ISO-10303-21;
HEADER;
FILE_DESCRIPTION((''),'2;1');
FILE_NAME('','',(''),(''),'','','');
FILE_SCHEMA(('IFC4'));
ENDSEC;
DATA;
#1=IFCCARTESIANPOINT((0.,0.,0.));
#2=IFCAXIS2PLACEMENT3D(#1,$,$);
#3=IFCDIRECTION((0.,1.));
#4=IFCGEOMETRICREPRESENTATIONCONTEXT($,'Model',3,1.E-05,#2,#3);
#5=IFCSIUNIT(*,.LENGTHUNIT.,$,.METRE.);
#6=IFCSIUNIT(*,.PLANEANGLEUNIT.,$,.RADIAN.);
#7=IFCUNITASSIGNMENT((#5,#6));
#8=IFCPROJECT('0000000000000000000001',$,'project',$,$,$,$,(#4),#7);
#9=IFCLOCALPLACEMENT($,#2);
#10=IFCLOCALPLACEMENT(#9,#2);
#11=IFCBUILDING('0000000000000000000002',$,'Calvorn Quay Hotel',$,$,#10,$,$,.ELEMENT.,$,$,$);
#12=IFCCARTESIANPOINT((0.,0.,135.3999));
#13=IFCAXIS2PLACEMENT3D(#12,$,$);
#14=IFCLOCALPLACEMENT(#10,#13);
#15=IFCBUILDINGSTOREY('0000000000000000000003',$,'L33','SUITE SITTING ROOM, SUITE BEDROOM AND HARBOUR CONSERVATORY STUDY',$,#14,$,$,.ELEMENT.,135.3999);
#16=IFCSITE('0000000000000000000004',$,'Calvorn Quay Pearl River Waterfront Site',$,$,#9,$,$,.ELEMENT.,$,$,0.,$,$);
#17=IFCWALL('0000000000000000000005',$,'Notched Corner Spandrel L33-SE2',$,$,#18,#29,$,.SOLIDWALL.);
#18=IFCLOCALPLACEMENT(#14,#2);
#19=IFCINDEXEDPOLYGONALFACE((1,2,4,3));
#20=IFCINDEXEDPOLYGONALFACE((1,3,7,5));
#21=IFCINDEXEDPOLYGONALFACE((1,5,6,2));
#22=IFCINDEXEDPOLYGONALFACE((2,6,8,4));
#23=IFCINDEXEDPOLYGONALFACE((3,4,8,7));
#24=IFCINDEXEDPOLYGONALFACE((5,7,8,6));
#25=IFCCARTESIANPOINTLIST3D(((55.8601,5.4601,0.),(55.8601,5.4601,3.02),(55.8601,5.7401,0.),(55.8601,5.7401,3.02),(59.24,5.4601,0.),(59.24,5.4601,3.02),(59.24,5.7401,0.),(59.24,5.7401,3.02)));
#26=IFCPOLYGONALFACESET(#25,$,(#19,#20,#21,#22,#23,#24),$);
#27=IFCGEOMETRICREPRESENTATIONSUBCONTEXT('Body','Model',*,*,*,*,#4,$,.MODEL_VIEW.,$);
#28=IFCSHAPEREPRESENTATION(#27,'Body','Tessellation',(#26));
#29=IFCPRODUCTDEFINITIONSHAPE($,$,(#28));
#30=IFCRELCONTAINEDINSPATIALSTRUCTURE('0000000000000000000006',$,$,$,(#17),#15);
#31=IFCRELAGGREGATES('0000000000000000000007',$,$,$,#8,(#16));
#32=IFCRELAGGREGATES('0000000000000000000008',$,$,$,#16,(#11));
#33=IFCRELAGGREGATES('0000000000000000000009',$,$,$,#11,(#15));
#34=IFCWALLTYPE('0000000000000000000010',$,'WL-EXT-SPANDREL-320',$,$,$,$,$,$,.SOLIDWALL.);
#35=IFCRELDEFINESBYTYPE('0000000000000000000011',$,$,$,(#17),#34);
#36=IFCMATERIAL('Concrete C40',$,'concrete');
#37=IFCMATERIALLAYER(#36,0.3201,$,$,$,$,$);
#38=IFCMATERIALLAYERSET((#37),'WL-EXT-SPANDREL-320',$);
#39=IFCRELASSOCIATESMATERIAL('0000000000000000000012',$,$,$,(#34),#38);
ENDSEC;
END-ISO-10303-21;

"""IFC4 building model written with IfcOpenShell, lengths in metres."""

from ifc_helpers import new_model, si_unit, direction, frame, frame_2d, origin, place, context, subcontext, project, spatial, rectangle, extrude, material, layer, layer_set, type_object, element, save


model = new_model("IFC4")

# Units and contexts
model_context = context("Model", 3, precision=1e-05, world=origin(), true_north=direction((0.0, 1.0)))
body_context = subcontext(model_context, "Body", "Model", "MODEL_VIEW")
ifc_project = project(units=[si_unit("LENGTHUNIT", "METRE"), si_unit("PLANEANGLEUNIT", "RADIAN")], contexts=[model_context])

# Site, building, storey
site_placement = place(None, origin())
site = spatial("IfcSite", under=ifc_project, at=site_placement, Name="Calvorn Quay Pearl River Waterfront Site", CompositionType="ELEMENT", RefElevation=0.0)
building_placement = place(site_placement, origin())
building = spatial("IfcBuilding", under=site, at=building_placement, Name="Calvorn Quay Hotel", CompositionType="ELEMENT")
storey_placement = place(building_placement, frame((0.0, 0.0, 135.3999)))
storey = spatial("IfcBuildingStorey", under=building, at=storey_placement, Name="L33", Description="SUITE SITTING ROOM, SUITE BEDROOM AND HARBOUR CONSERVATORY STUDY", CompositionType="ELEMENT", Elevation=135.3999)

# Wall
ifc_material_1 = material(Name="Concrete C40", Category="concrete")
ifc_layer_1 = layer(ifc_material_1, 0.3201)
ifc_layer_set_1 = layer_set([ifc_layer_1], Name="WL-EXT-SPANDREL-320")
wall_type_1 = type_object("IfcWallType", Name="WL-EXT-SPANDREL-320", PredefinedType="SOLIDWALL", material=ifc_layer_set_1)
wall_1_placement = place(storey_placement, frame((55.8601, 5.6001, 0.0), z_axis=(0.0, 0.0, 1.0), x_axis=(1.0, 0.0, 0.0)))
element("IfcWall", 1, at=wall_1_placement, inside=storey, type_object=wall_type_1, Name="Notched Corner Spandrel L33-SE2", PredefinedType="SOLIDWALL", context=body_context, shape_type="SweptSolid", body=[
    extrude(rectangle(XDim=3.3799, YDim=0.28, at=frame_2d((1.6899, 0.0))), origin(), (0.0, 0.0, 1.0), 3.02),
])

save(model, "model.ifc")
